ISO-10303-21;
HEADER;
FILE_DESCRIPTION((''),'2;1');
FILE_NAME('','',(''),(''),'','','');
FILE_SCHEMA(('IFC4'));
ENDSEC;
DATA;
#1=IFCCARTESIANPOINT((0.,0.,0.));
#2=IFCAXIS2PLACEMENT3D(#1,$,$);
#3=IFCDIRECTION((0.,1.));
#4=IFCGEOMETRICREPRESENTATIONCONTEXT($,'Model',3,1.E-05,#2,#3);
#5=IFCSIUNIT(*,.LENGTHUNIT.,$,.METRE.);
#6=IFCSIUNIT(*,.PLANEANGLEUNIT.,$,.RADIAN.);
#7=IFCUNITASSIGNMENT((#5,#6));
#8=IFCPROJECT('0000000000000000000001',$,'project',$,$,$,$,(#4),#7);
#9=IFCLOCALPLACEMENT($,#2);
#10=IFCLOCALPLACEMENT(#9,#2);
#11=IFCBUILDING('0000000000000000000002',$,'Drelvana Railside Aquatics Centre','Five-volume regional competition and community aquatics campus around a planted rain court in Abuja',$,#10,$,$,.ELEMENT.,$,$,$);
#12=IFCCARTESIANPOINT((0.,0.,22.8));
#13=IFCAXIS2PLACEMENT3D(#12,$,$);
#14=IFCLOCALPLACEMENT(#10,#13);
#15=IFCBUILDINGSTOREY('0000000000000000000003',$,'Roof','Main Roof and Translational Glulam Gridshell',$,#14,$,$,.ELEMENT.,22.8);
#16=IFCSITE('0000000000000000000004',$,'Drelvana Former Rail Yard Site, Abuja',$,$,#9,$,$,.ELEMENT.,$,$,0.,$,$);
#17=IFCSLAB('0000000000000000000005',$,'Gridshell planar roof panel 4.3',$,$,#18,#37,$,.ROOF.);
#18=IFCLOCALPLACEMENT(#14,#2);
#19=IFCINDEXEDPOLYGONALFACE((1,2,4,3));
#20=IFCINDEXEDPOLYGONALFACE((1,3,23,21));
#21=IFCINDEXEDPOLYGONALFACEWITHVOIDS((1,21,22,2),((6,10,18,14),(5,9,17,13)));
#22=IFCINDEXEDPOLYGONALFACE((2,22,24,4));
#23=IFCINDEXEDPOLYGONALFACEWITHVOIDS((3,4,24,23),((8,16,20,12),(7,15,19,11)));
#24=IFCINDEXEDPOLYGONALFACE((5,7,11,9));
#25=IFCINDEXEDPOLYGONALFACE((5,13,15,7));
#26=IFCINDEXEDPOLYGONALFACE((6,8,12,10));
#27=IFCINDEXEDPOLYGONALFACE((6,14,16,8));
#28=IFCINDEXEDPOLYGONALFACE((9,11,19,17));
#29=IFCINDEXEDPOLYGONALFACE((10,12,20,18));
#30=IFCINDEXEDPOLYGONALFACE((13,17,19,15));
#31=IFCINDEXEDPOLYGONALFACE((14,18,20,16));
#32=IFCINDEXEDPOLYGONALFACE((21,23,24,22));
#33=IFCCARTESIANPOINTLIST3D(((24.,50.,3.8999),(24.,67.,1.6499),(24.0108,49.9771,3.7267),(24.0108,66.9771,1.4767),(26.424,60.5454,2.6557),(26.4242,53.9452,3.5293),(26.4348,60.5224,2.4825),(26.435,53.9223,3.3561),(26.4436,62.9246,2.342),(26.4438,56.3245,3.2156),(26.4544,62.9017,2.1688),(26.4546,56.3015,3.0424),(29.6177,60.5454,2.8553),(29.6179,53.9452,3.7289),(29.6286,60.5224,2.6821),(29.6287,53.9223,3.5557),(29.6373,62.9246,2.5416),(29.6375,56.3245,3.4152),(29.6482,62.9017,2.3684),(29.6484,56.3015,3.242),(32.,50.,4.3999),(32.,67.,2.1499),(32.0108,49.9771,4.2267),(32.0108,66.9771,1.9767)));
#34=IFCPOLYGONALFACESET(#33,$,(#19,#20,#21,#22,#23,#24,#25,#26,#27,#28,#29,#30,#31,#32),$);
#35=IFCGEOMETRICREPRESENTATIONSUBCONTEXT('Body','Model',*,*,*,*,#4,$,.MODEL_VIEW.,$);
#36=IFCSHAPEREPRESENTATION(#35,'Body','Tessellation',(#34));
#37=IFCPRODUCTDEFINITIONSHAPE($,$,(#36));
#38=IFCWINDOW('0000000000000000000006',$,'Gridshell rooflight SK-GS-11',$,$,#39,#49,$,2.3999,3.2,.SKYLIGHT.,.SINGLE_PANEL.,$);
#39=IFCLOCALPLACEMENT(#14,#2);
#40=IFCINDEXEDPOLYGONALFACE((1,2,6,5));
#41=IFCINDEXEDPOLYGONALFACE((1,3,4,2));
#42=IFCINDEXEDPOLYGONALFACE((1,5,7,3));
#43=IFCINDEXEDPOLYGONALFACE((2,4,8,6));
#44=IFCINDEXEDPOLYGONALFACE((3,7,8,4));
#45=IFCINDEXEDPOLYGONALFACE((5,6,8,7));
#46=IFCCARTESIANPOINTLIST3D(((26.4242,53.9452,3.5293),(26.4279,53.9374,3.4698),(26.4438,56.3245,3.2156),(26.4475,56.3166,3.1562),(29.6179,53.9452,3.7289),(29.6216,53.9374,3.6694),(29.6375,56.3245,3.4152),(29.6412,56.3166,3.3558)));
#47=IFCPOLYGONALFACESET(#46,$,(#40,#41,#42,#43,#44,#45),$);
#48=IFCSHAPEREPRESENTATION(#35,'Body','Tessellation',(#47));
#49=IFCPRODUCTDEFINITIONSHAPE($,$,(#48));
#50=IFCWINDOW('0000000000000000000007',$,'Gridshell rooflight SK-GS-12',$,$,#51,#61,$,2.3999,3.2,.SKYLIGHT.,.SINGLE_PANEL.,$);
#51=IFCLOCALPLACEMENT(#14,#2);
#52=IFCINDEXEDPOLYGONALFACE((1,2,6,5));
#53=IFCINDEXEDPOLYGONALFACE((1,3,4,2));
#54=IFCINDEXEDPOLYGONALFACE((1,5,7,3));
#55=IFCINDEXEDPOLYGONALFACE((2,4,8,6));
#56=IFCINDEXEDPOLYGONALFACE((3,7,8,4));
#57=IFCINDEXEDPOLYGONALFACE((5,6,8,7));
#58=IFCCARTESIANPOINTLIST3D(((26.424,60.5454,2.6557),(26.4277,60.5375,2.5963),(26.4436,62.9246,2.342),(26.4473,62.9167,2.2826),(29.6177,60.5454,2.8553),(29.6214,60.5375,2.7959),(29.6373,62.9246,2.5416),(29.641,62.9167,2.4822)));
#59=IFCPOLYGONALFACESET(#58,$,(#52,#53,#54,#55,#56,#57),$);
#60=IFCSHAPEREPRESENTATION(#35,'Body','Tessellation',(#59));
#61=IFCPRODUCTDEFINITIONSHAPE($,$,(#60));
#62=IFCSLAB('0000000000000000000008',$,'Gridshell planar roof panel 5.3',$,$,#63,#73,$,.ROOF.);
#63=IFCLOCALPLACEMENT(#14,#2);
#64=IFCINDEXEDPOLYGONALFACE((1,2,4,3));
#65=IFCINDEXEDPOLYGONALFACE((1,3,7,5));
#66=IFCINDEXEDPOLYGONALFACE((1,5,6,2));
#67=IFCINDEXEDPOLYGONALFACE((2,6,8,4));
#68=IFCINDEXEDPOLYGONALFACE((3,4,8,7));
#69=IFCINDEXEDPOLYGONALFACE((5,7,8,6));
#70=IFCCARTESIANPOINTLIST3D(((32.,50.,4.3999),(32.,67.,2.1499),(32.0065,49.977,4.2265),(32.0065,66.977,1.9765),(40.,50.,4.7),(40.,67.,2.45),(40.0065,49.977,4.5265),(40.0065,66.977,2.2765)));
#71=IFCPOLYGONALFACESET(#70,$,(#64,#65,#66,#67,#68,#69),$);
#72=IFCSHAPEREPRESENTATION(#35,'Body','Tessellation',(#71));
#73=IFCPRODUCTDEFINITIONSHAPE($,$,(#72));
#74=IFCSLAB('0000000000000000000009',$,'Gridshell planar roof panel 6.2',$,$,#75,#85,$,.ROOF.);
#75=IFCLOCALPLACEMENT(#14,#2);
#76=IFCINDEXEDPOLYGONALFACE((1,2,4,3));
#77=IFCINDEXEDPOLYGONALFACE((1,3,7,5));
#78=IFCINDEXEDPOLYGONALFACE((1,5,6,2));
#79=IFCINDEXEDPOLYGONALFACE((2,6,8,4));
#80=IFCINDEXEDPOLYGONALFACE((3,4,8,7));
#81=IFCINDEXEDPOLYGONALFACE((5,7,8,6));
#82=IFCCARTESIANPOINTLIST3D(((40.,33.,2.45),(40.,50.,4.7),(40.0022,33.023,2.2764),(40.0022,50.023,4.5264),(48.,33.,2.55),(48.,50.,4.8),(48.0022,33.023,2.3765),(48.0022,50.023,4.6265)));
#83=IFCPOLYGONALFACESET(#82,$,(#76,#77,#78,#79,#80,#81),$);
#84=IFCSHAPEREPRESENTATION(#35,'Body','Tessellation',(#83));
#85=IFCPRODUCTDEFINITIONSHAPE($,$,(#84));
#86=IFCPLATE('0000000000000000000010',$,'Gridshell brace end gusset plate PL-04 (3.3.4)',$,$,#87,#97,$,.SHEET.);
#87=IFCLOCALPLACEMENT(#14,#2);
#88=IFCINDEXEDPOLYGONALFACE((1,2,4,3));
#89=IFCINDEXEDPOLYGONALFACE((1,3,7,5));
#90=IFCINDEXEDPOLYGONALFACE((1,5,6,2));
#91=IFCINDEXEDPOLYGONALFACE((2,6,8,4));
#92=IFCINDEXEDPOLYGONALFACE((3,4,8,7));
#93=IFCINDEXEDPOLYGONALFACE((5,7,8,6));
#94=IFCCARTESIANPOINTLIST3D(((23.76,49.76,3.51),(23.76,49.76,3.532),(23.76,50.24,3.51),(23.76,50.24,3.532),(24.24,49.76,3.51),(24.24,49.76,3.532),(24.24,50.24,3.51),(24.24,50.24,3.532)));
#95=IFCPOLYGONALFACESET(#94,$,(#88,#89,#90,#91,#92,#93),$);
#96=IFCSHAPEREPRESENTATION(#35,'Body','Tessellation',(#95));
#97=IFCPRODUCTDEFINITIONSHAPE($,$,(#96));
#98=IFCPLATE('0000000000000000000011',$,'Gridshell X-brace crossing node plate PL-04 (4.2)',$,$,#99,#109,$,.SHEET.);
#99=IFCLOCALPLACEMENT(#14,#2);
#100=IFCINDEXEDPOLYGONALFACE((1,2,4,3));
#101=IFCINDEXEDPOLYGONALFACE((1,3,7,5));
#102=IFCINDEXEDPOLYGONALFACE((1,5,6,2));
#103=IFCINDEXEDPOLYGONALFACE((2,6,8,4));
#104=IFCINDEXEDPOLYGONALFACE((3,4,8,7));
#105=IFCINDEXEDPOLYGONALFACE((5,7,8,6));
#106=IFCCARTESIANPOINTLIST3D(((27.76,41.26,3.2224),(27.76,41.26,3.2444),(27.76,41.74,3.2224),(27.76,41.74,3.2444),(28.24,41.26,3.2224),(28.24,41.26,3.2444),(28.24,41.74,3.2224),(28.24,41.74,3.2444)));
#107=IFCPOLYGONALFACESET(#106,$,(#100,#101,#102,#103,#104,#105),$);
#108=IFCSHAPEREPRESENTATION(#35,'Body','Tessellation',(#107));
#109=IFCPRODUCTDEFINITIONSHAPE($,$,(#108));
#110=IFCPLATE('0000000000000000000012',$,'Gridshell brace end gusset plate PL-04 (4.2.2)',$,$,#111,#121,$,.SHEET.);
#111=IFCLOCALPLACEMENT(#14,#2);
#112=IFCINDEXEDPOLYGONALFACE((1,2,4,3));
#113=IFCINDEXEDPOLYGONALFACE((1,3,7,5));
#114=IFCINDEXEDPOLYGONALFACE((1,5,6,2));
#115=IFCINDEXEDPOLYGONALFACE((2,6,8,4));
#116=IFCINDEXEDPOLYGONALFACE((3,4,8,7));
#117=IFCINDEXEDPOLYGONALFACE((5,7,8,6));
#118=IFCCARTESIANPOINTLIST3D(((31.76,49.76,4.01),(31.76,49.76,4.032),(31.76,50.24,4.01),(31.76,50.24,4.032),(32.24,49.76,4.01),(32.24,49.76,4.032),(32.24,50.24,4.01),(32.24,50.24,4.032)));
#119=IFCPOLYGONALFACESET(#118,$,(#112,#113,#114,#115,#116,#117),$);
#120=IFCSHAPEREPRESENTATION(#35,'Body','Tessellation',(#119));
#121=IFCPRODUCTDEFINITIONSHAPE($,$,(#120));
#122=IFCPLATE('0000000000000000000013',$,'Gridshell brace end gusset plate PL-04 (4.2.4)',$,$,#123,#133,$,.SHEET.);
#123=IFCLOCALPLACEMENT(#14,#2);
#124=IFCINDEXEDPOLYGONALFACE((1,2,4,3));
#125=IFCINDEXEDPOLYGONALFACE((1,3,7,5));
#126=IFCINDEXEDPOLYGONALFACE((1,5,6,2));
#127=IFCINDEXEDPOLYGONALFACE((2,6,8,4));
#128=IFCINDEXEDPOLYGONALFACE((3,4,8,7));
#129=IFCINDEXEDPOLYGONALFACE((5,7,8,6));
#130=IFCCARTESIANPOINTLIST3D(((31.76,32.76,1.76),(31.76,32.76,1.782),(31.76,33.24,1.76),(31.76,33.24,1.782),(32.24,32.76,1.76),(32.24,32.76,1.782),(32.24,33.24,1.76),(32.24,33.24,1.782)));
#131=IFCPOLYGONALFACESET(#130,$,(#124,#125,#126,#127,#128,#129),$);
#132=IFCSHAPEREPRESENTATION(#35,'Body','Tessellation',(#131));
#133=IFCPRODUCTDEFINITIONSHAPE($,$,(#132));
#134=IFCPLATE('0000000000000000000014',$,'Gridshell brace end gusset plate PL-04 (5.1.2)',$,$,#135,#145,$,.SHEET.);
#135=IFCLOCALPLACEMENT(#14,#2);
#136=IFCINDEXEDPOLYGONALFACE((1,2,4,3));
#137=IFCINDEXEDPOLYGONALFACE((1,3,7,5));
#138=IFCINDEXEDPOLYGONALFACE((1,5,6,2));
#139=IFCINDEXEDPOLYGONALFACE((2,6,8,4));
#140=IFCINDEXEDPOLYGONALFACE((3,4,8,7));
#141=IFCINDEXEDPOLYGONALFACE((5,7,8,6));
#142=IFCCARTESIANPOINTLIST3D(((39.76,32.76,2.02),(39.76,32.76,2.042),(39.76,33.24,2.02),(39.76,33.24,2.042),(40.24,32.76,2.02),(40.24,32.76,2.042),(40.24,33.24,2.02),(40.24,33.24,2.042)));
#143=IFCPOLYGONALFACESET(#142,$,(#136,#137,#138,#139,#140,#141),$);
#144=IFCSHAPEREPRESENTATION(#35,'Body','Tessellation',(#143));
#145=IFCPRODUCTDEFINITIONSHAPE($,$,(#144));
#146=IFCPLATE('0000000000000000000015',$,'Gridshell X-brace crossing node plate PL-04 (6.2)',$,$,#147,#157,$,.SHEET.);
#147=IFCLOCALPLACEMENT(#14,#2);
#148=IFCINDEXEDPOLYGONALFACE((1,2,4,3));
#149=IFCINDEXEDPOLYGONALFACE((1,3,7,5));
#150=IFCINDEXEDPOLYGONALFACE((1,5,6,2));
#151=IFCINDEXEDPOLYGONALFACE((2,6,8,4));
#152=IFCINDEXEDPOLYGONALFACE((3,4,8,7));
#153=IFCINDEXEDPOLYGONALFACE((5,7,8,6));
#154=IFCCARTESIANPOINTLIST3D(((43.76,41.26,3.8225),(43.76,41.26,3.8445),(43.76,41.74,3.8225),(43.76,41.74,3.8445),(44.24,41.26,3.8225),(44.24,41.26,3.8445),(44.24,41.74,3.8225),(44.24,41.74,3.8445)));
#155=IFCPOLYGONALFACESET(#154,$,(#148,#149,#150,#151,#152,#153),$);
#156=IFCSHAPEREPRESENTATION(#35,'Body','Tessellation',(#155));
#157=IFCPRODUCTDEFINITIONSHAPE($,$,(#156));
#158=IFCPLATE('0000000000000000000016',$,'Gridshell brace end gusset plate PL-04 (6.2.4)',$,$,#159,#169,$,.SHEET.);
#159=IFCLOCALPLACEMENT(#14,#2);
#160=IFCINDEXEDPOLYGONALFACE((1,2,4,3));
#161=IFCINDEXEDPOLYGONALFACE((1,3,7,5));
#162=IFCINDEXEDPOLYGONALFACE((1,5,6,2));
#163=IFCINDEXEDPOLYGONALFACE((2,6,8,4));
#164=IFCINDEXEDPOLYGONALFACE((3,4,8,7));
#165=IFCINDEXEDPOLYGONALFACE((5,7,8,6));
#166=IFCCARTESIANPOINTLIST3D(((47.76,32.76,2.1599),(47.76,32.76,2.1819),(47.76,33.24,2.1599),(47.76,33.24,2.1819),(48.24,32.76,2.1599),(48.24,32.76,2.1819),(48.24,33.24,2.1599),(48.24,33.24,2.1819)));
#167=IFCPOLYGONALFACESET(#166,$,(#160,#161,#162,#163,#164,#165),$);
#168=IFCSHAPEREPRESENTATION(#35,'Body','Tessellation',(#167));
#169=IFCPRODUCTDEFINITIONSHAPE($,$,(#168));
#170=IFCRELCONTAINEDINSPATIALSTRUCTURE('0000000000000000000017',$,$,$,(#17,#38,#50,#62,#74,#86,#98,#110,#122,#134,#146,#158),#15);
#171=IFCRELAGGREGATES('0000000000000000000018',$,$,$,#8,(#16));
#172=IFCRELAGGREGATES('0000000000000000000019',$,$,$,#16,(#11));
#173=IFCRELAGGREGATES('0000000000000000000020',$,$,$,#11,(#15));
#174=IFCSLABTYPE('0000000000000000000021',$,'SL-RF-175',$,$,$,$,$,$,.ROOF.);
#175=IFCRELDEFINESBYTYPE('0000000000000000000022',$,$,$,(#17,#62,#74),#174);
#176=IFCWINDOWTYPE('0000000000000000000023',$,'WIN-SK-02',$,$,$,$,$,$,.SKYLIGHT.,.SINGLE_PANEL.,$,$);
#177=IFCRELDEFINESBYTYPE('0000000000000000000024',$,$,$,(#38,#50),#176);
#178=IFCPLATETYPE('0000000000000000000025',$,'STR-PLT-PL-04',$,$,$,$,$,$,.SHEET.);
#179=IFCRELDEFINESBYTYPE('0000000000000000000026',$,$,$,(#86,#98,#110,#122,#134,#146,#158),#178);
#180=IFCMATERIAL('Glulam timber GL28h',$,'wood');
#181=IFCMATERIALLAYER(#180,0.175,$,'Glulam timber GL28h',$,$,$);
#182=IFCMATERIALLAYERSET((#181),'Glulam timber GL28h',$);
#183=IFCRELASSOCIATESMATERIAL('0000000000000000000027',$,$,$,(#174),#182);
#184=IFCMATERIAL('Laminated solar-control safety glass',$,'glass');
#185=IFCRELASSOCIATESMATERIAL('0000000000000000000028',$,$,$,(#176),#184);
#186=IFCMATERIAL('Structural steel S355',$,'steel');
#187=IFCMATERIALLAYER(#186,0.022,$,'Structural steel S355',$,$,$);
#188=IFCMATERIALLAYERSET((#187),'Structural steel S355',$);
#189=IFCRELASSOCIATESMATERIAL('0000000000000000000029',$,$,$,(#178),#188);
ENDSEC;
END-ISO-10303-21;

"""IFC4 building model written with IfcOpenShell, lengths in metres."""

from ifc_helpers import new_model, si_unit, direction, frame, origin, origin_2d, place, context, subcontext, project, spatial, polyline, rectangle, outline, extrude, material, layer, layer_set, type_object, element, fill, save


model = new_model("IFC4")

# Units and contexts
model_context = context("Model", 3, precision=1e-05, world=origin(), true_north=direction((0.0, 1.0)))
body_context = subcontext(model_context, "Body", "Model", "MODEL_VIEW")
ifc_project = project(units=[si_unit("LENGTHUNIT", "METRE"), si_unit("PLANEANGLEUNIT", "RADIAN")], contexts=[model_context])

# Site, building, storey
site_placement = place(None, origin())
site = spatial("IfcSite", under=ifc_project, at=site_placement, Name="Drelvana Former Rail Yard Site, Abuja", CompositionType="ELEMENT", RefElevation=0.0)
building_placement = place(site_placement, origin())
building = spatial("IfcBuilding", under=site, at=building_placement, Name="Drelvana Railside Aquatics Centre", Description="Five-volume regional competition and community aquatics campus around a planted rain court in Abuja", CompositionType="ELEMENT")
storey_placement = place(building_placement, frame((0.0, 0.0, 22.8)))
storey = spatial("IfcBuildingStorey", under=building, at=storey_placement, Name="Roof", Description="Main Roof and Translational Glulam Gridshell", CompositionType="ELEMENT", Elevation=22.8)

# Shared definitions
ifc_material_1 = material(Name="Glulam timber GL28h", Category="wood")

# Slab, openings, windows
ifc_layer_1 = layer(ifc_material_1, 0.175, Name="Glulam timber GL28h")
ifc_layer_set_1 = layer_set([ifc_layer_1], Name="Glulam timber GL28h")
slab_type = type_object("IfcSlabType", Name="SL-RF-175", PredefinedType="ROOF", material=ifc_layer_set_1)
slab_1_placement = place(storey_placement, frame((24.0, 50.0, 3.8999), z_axis=(-0.061841, 0.130958, 0.989457), x_axis=(0.998053, 0.0, 0.062378)))
slab_1 = element("IfcSlab", 1, at=slab_1_placement, inside=storey, type_object=slab_type, Name="Gridshell planar roof panel 4.3", PredefinedType="ROOF", context=body_context, shape_type="SweptSolid", body=[
    extrude(outline(polyline([(0.0, 0.0), (8.0156, 0.0), (7.8753, 17.1477), (-0.1404, 17.1477), (0.0, 0.0)])), origin(), (0.0, 0.0, -1.0), 0.175),
])
opening_1_placement = place(slab_1_placement, frame((3.9963, 5.1794, 0.01)))
opening_1 = element("IfcOpeningElement", 2, at=opening_1_placement, cuts=slab_1, PredefinedType="OPENING", context=body_context, shape_type="SweptSolid", body=[
    extrude(rectangle(XDim=3.2, YDim=2.3999, at=origin_2d()), origin(), (0.0, 0.0, -1.0), 0.1951),
])
opening_2_placement = place(slab_1_placement, frame((3.9417, 11.8369, 0.01)))
opening_2 = element("IfcOpeningElement", 3, at=opening_2_placement, cuts=slab_1, PredefinedType="OPENING", context=body_context, shape_type="SweptSolid", body=[
    extrude(rectangle(XDim=3.2, YDim=2.3999, at=origin_2d()), origin(), (0.0, 0.0, -1.0), 0.1951),
])
ifc_material_2 = material(Name="Laminated solar-control safety glass", Category="glass")
window_type = type_object("IfcWindowType", Name="WIN-SK-02", PartitioningType="SINGLE_PANEL", PredefinedType="SKYLIGHT", material=ifc_material_2)
window_1_placement = place(slab_1_placement, frame((3.9963, 5.1794, 0.0)))
window_1 = element("IfcWindow", 4, at=window_1_placement, inside=storey, type_object=window_type, Name="Gridshell rooflight SK-GS-11", OverallHeight=2.3999, OverallWidth=3.2, PartitioningType="SINGLE_PANEL", PredefinedType="SKYLIGHT", context=body_context, shape_type="SweptSolid", body=[
    extrude(rectangle(XDim=3.2, YDim=2.3999, at=origin_2d()), origin(), (0.0, 0.0, -1.0), 0.0601),
])
fill(opening_1, window_1)
window_2_placement = place(slab_1_placement, frame((3.9417, 11.8369, 0.0)))
window_2 = element("IfcWindow", 5, at=window_2_placement, inside=storey, type_object=window_type, Name="Gridshell rooflight SK-GS-12", OverallHeight=2.3999, OverallWidth=3.2, PartitioningType="SINGLE_PANEL", PredefinedType="SKYLIGHT", context=body_context, shape_type="SweptSolid", body=[
    extrude(rectangle(XDim=3.2, YDim=2.3999, at=origin_2d()), origin(), (0.0, 0.0, -1.0), 0.0601),
])
fill(opening_2, window_2)

# Slabs
slab_2_placement = place(storey_placement, frame((32.0, 50.0, 4.3999), z_axis=(-0.037156, 0.131118, 0.99067), x_axis=(0.999297, 0.0, 0.03748)))
element("IfcSlab", 6, at=slab_2_placement, inside=storey, type_object=slab_type, Name="Gridshell planar roof panel 5.3", PredefinedType="ROOF", context=body_context, shape_type="SweptSolid", body=[
    extrude(outline(polyline([(0.0, 0.0), (8.0056, 0.0), (7.9213, 17.148), (-0.0843, 17.148), (0.0, 0.0)])), origin(), (0.0, 0.0, -1.0), 0.175),
])
slab_3_placement = place(storey_placement, frame((40.0, 33.0, 2.45), z_axis=(-0.012403, -0.131199, 0.991279), x_axis=(0.999922, 0.0, 0.012511)))
element("IfcSlab", 7, at=slab_3_placement, inside=storey, type_object=slab_type, Name="Gridshell planar roof panel 6.2", PredefinedType="ROOF", context=body_context, shape_type="SweptSolid", body=[
    extrude(outline(polyline([(0.0, 0.0), (8.0006, 0.0), (8.0288, 17.1482), (0.0282, 17.1482), (0.0, 0.0)])), origin(), (0.0, 0.0, -1.0), 0.175),
])

# Plates
ifc_material_3 = material(Name="Structural steel S355", Category="steel")
ifc_layer_2 = layer(ifc_material_3, 0.022, Name="Structural steel S355")
ifc_layer_set_2 = layer_set([ifc_layer_2], Name="Structural steel S355")
plate_type = type_object("IfcPlateType", Name="STR-PLT-PL-04", PredefinedType="SHEET", material=ifc_layer_set_2)
for number, where, z_axis, x_axis, name in (
    (8, (24.0, 50.0, 3.51), (0.0, 0.0, 1.0), (1.0, 0.0, 0.0), "Gridshell brace end gusset plate PL-04 (3.3.4)"),
    (9, (28.0, 41.5, 3.2224), (0.0, 0.0, 1.0), (1.0, 0.0, 0.0), "Gridshell X-brace crossing node plate PL-04 (4.2)"),
    (10, (32.0, 50.0, 4.01), (0.0, 0.0, 1.0), (1.0, 0.0, 0.0), "Gridshell brace end gusset plate PL-04 (4.2.2)"),
    (11, (32.0, 33.0, 1.76), (0.0, 0.0, 1.0), (1.0, 0.0, 0.0), "Gridshell brace end gusset plate PL-04 (4.2.4)"),
    (12, (40.0, 33.0, 2.02), (0.0, 0.0, 1.0), (1.0, 0.0, 0.0), "Gridshell brace end gusset plate PL-04 (5.1.2)"),
    (13, (44.0, 41.5, 3.8225), (0.0, 0.0, 1.0), (1.0, 0.0, 0.0), "Gridshell X-brace crossing node plate PL-04 (6.2)"),
    (14, (48.0, 33.0, 2.1599), (0.0, 0.0, 1.0), (1.0, 0.0, 0.0), "Gridshell brace end gusset plate PL-04 (6.2.4)"),
):
    element("IfcPlate", number, at=place(storey_placement, frame(where, z_axis=z_axis, x_axis=x_axis)), inside=storey, type_object=plate_type, Name=name, PredefinedType="SHEET", context=body_context, shape_type="SweptSolid", body=[
        extrude(rectangle(XDim=0.48, YDim=0.48, at=origin_2d()), origin(), (0.0, 0.0, 1.0), 0.022),
    ])

save(model, "model.ifc")
